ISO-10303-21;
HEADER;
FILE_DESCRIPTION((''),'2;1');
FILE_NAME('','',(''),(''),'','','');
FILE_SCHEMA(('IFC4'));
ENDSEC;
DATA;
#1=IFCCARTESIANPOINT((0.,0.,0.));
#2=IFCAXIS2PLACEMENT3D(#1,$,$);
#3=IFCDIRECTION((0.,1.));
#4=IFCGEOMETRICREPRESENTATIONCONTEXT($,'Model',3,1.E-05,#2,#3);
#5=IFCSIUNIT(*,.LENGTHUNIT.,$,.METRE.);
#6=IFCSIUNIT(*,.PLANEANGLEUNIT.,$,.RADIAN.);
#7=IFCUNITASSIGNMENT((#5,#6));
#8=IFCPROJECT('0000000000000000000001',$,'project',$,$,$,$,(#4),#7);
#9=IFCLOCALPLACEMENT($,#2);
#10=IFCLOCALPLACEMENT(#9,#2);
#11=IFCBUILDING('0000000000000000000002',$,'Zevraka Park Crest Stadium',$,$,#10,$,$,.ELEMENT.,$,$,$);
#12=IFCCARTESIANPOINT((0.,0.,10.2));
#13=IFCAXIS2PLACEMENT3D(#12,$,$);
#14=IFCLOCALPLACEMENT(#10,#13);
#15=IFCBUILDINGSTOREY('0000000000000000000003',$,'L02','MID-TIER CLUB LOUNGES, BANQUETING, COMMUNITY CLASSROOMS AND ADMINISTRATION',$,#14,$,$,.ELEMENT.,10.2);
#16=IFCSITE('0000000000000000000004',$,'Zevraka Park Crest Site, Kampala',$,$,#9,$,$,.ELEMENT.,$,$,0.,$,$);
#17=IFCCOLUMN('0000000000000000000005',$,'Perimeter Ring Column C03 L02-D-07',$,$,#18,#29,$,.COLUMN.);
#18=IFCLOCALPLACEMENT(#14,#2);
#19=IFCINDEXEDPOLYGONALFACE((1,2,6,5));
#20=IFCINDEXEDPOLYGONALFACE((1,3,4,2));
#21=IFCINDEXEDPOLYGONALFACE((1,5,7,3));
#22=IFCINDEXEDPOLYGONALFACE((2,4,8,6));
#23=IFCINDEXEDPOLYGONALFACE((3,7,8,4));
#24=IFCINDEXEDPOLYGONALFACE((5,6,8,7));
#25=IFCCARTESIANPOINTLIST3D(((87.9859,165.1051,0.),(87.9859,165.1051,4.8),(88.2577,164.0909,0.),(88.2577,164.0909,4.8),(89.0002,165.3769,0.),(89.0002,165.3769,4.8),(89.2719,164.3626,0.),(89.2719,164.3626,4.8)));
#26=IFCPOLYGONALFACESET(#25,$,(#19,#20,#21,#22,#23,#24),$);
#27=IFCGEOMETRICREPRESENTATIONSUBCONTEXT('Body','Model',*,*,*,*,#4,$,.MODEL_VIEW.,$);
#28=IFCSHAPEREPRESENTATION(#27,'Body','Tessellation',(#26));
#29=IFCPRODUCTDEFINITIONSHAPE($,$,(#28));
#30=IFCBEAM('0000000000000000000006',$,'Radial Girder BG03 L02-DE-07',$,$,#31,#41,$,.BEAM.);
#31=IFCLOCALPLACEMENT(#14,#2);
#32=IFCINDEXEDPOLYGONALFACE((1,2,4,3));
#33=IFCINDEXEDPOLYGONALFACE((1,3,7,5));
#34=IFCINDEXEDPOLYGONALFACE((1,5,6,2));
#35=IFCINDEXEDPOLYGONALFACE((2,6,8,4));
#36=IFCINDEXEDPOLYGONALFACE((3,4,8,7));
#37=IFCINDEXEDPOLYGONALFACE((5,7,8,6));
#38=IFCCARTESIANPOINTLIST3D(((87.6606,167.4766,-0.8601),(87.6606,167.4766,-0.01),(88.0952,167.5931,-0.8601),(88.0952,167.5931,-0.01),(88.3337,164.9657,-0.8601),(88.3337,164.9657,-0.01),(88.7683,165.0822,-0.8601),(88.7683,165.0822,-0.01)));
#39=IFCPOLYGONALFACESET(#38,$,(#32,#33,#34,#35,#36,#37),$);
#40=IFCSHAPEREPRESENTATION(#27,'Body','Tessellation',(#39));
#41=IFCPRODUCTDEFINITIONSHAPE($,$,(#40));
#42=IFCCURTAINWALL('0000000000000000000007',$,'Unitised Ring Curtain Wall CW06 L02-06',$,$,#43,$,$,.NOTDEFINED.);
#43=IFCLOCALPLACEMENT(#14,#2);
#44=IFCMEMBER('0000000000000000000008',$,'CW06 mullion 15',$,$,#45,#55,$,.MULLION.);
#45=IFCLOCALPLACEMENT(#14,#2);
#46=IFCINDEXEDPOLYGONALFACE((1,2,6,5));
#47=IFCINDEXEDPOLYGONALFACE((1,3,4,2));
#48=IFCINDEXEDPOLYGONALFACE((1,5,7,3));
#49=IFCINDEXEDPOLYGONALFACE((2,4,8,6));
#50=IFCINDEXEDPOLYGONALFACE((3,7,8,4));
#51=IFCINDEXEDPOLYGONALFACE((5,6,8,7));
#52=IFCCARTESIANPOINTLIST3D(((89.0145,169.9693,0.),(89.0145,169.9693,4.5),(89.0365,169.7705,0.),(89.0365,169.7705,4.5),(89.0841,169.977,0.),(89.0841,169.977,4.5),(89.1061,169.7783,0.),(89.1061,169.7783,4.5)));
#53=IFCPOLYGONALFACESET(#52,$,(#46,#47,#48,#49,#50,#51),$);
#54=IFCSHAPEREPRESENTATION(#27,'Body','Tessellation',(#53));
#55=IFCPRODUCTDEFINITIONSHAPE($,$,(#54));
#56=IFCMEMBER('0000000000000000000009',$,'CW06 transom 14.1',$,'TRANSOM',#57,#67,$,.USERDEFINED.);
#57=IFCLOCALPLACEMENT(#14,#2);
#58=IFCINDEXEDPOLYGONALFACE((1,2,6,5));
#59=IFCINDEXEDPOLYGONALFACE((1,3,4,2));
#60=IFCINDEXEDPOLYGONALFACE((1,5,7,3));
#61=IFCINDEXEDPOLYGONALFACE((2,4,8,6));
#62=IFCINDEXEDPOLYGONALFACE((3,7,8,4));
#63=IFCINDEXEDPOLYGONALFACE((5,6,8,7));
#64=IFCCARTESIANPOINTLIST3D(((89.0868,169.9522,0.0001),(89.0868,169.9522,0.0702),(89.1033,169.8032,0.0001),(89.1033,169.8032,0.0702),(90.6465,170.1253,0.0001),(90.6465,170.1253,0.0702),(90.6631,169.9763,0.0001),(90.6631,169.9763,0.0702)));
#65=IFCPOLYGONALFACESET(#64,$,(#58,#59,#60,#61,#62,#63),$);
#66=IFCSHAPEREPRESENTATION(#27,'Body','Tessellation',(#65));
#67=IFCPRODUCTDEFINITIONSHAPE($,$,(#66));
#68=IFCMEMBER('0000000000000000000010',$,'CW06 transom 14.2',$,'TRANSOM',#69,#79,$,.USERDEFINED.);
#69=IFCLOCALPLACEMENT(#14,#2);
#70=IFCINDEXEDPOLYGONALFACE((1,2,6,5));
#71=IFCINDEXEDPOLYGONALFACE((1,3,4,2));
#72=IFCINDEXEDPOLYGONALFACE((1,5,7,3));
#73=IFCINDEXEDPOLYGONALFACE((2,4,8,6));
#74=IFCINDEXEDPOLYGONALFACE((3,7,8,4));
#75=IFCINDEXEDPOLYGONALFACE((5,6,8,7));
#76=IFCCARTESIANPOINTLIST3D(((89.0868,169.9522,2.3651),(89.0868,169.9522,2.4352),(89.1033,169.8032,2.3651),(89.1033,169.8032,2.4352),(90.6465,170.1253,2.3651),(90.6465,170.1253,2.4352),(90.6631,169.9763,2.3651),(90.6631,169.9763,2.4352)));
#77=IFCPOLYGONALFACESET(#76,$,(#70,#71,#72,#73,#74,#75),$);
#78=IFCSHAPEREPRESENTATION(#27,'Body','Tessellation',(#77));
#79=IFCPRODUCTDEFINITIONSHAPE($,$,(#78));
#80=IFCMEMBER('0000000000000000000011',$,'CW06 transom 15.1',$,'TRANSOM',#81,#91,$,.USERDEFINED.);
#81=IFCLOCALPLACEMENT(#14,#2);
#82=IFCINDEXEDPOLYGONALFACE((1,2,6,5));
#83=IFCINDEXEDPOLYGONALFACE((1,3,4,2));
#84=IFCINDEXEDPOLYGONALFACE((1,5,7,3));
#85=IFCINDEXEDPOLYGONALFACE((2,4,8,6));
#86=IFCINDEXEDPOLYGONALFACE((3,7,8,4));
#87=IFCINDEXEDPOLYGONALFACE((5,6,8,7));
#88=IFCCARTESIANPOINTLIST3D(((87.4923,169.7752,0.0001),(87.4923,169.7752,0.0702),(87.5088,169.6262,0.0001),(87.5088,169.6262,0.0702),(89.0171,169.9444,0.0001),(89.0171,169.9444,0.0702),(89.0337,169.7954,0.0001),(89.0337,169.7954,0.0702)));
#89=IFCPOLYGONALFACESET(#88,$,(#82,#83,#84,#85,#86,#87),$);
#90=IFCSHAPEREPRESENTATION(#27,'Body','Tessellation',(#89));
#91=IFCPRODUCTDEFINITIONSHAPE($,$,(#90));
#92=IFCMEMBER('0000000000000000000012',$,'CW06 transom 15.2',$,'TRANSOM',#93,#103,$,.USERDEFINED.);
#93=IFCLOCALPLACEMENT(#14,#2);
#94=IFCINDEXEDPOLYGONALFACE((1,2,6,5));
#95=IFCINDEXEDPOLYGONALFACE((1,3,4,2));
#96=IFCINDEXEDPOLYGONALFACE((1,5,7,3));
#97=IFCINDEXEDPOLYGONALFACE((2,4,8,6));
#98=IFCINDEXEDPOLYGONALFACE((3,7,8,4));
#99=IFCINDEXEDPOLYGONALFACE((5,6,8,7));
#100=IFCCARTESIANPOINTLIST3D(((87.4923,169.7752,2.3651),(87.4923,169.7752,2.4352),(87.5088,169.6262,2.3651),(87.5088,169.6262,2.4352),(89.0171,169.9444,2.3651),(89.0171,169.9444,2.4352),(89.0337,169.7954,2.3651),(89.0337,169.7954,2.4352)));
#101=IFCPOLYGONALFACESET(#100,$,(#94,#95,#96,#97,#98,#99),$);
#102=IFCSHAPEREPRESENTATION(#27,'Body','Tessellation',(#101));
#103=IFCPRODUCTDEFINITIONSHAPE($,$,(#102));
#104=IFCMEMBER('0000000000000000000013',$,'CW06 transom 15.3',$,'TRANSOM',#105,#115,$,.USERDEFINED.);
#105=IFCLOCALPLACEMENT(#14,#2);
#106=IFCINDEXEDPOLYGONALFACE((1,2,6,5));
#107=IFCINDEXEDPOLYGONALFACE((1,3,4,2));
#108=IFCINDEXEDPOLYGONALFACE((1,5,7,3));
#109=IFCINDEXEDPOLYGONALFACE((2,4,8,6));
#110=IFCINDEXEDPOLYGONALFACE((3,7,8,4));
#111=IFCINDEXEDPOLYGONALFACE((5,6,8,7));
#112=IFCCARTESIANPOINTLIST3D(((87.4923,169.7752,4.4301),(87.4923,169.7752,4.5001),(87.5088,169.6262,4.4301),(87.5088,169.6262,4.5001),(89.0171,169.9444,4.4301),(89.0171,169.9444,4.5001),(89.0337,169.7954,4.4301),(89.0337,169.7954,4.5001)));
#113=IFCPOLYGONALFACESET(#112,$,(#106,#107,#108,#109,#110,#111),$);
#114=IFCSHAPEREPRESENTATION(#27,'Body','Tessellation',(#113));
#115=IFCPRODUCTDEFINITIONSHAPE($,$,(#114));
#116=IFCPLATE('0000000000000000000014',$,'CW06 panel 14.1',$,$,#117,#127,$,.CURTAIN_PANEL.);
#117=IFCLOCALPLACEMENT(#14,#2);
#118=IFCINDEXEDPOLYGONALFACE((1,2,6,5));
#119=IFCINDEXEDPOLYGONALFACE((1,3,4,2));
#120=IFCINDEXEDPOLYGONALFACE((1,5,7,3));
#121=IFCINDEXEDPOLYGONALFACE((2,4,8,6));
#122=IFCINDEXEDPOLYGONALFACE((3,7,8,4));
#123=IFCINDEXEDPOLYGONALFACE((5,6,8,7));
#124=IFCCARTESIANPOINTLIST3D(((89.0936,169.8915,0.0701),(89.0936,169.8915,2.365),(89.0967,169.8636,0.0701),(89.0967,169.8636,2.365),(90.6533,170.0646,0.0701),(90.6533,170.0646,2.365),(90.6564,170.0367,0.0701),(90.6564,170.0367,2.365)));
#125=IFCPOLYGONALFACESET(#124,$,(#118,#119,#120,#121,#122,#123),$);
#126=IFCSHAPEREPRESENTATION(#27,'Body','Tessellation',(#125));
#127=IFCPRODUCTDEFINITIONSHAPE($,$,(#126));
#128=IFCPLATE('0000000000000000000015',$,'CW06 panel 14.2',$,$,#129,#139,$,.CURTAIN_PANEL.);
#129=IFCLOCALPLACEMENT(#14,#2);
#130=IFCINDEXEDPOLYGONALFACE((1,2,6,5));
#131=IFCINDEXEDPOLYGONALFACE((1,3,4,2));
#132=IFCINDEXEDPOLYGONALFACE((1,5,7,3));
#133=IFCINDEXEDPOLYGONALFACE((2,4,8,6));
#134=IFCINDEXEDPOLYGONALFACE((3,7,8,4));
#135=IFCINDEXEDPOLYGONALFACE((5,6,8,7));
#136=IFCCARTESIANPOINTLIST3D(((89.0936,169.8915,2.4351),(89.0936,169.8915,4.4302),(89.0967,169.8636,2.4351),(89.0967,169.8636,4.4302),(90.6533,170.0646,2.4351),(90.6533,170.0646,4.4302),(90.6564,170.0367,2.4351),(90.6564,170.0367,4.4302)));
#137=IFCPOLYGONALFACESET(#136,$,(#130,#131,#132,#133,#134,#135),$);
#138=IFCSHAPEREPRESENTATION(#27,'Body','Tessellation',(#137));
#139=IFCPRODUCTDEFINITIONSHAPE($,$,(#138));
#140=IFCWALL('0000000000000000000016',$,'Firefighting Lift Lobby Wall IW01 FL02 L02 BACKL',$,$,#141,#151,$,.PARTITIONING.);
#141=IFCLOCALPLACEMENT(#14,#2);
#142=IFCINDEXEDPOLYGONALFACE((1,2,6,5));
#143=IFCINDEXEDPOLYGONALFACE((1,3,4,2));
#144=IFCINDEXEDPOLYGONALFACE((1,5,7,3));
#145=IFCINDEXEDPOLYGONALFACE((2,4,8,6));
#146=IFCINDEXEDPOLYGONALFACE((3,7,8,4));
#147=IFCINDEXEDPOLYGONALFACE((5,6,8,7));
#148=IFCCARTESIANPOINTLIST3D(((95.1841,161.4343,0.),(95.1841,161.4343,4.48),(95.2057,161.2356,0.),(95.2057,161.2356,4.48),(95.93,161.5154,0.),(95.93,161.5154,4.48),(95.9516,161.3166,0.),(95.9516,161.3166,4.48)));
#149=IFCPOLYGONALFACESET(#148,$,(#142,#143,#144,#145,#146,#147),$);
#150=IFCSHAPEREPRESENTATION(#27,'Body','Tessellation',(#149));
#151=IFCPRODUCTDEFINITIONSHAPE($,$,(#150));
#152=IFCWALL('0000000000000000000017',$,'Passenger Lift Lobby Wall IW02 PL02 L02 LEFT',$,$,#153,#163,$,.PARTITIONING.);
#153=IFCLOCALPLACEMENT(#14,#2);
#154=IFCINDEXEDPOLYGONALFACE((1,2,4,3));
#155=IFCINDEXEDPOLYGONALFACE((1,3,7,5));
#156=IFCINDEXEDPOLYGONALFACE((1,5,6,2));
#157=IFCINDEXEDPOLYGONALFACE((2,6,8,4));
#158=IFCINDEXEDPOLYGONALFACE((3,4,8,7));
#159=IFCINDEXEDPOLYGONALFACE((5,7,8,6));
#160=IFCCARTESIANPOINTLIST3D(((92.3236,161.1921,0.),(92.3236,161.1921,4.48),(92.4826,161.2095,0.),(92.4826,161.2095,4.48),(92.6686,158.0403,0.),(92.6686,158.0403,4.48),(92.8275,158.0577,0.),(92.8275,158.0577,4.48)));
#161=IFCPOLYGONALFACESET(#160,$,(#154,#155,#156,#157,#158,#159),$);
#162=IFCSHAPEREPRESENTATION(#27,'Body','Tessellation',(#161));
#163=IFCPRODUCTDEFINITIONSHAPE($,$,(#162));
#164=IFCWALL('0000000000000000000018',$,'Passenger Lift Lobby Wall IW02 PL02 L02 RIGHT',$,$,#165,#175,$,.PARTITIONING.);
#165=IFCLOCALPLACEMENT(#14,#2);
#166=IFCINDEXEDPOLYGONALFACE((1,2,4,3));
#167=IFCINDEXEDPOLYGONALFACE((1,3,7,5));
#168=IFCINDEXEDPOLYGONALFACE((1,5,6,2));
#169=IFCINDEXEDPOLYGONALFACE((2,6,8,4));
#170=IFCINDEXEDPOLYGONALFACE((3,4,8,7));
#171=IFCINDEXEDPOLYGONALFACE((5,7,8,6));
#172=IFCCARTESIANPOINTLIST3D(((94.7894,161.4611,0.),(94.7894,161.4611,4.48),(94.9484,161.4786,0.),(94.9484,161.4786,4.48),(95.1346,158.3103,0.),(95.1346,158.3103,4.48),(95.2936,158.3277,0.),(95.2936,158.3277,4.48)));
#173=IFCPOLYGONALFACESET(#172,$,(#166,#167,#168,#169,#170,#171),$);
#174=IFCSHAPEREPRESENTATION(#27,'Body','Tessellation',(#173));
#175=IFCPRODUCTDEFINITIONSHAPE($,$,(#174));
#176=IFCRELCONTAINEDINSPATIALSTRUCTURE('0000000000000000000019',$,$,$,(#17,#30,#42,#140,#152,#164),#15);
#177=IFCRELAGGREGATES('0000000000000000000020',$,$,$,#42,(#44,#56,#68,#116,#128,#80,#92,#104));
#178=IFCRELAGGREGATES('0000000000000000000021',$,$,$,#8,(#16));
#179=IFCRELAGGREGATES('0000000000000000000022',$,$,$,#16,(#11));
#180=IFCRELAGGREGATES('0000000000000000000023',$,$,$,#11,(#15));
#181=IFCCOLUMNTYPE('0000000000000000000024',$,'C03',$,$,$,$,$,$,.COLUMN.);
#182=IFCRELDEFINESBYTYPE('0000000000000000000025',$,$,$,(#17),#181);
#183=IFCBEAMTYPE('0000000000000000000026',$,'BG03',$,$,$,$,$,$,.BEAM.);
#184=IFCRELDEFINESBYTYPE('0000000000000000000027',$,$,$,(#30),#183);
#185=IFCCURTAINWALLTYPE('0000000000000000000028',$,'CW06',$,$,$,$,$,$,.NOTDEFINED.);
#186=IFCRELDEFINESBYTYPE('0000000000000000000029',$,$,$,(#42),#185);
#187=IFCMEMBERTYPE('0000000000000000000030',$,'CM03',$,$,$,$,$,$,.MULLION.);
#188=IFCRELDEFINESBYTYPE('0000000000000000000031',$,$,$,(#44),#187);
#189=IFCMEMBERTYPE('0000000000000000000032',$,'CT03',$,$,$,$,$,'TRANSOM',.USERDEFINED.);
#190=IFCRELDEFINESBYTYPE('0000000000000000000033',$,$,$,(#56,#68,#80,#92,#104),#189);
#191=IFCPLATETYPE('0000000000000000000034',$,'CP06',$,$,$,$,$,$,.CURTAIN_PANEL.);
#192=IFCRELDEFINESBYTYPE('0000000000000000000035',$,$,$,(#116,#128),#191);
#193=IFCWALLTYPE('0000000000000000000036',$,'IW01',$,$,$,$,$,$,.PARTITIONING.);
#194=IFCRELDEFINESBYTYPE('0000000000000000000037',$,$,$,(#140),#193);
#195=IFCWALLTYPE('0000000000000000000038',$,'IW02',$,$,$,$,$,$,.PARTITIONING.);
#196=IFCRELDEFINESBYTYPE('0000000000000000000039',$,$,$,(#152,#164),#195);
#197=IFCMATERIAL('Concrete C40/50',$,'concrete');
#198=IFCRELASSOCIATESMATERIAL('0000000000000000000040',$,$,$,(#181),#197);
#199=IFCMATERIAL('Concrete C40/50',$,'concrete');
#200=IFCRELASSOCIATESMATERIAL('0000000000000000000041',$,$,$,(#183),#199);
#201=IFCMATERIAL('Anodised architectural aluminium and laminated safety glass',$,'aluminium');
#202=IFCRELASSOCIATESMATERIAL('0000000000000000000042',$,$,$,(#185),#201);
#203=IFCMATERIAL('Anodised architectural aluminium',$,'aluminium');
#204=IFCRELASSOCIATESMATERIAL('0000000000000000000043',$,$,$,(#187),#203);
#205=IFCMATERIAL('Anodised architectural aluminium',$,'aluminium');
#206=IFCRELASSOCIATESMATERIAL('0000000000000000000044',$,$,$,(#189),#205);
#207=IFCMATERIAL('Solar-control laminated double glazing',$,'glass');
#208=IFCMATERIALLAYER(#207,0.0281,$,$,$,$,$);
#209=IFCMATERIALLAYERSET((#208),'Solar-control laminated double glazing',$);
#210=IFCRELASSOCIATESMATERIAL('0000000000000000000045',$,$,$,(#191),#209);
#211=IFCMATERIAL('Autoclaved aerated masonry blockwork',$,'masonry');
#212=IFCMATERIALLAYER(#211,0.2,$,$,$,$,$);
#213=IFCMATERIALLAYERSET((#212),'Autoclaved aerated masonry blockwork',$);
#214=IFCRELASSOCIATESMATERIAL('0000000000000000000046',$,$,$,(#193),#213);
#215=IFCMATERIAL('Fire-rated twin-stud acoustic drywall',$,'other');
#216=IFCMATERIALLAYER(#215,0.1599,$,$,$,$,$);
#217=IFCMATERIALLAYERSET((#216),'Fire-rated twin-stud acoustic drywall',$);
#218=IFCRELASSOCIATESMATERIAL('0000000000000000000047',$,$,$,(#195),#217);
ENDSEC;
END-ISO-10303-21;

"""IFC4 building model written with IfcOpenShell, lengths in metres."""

from ifc_helpers import new_model, si_unit, direction, frame, frame_2d, origin, origin_2d, place, context, subcontext, project, spatial, rectangle, extrude, material, layer, layer_set, material_profile, profile_set, type_object, element, aggregate, save


model = new_model("IFC4")

# Units and contexts
model_context = context("Model", 3, precision=1e-05, world=origin(), true_north=direction((0.0, 1.0)))
body_context = subcontext(model_context, "Body", "Model", "MODEL_VIEW")
ifc_project = project(units=[si_unit("LENGTHUNIT", "METRE"), si_unit("PLANEANGLEUNIT", "RADIAN")], contexts=[model_context])

# Site, building, storey
site_placement = place(None, origin())
site = spatial("IfcSite", under=ifc_project, at=site_placement, Name="Zevraka Park Crest Site, Kampala", CompositionType="ELEMENT", RefElevation=0.0)
building_placement = place(site_placement, origin())
building = spatial("IfcBuilding", under=site, at=building_placement, Name="Zevraka Park Crest Stadium", CompositionType="ELEMENT")
storey_placement = place(building_placement, frame((0.0, 0.0, 10.2)))
storey = spatial("IfcBuildingStorey", under=building, at=storey_placement, Name="L02", Description="MID-TIER CLUB LOUNGES, BANQUETING, COMMUNITY CLASSROOMS AND ADMINISTRATION", CompositionType="ELEMENT", Elevation=10.2)

# Column
ifc_material_1 = material(Name="Concrete C40/50", Category="concrete")
ifc_material_profile_1 = material_profile(ifc_material_1, rectangle(XDim=1.05, YDim=1.05, at=origin_2d()), Name="RC 1050x1050")
ifc_profile_set_1 = profile_set([ifc_material_profile_1], Name="Concrete C40/50")
column_type = type_object("IfcColumnType", Name="C03", PredefinedType="COLUMN", material=ifc_profile_set_1)
column_placement = place(storey_placement, frame((88.6289, 164.7339, 0.0), z_axis=(0.0, 0.0, 1.0), x_axis=(-0.258819, 0.965926, 0.0)))
element("IfcColumn", 1, at=column_placement, inside=storey, type_object=column_type, Name="Perimeter Ring Column C03 L02-D-07", PredefinedType="COLUMN", context=body_context, shape_type="SweptSolid", body=[
    extrude(rectangle(XDim=1.05, YDim=1.05, at=origin_2d()), origin(), (0.0, 0.0, 1.0), 4.8),
])

# Beam
ifc_material_2 = material(Name="Concrete C40/50", Category="concrete")
ifc_material_profile_2 = material_profile(ifc_material_2, rectangle(XDim=0.45, YDim=0.8501, at=origin_2d()), Name="RC 850x450")
ifc_profile_set_2 = profile_set([ifc_material_profile_2], Name="Concrete C40/50")
beam_type = type_object("IfcBeamType", Name="BG03", PredefinedType="BEAM", material=ifc_profile_set_2)
beam_placement = place(storey_placement, frame((88.551, 165.0239, -0.4351), z_axis=(-0.258919, 0.965899, 0.0), x_axis=(-0.965899, -0.258919, 0.0)))
element("IfcBeam", 2, at=beam_placement, inside=storey, type_object=beam_type, Name="Radial Girder BG03 L02-DE-07", PredefinedType="BEAM", context=body_context, shape_type="SweptSolid", body=[
    extrude(rectangle(XDim=0.45, YDim=0.8501, at=origin_2d()), origin(), (0.0, 0.0, 1.0), 2.5996),
])

# Curtain wall, members, plates
ifc_material_3 = material(Name="Anodised architectural aluminium and laminated safety glass", Category="aluminium")
curtain_wall_type = type_object("IfcCurtainWallType", Name="CW06", PredefinedType="NOTDEFINED", material=ifc_material_3)
curtain_wall_placement = place(storey_placement, origin())
curtain_wall = element("IfcCurtainWall", 3, at=curtain_wall_placement, inside=storey, type_object=curtain_wall_type, Name="Unitised Ring Curtain Wall CW06 L02-06", PredefinedType="NOTDEFINED")
ifc_material_4 = material(Name="Anodised architectural aluminium", Category="aluminium")
ifc_material_profile_3 = material_profile(ifc_material_4, rectangle(XDim=0.2, YDim=0.0701, at=origin_2d()), Name="ALU MULLION 200x70")
ifc_profile_set_3 = profile_set([ifc_material_profile_3], Name="Anodised architectural aluminium")
member_type_1 = type_object("IfcMemberType", Name="CM03", PredefinedType="MULLION", material=ifc_profile_set_3)
member_1_placement = place(storey_placement, frame((89.0603, 169.8738, 0.0), z_axis=(0.0, 0.0, 1.0), x_axis=(0.110293, -0.993899, 0.0)))
member_1 = element("IfcMember", 4, at=member_1_placement, type_object=member_type_1, Name="CW06 mullion 15", PredefinedType="MULLION", context=body_context, shape_type="SweptSolid", body=[
    extrude(rectangle(XDim=0.2, YDim=0.0701, at=origin_2d()), origin(), (0.0, 0.0, 1.0), 4.5),
])
ifc_material_5 = material(Name="Anodised architectural aluminium", Category="aluminium")
ifc_material_profile_4 = material_profile(ifc_material_5, rectangle(XDim=0.1499, YDim=0.0701, at=origin_2d()), Name="ALU TRANSOM 150x70")
ifc_profile_set_4 = profile_set([ifc_material_profile_4], Name="Anodised architectural aluminium")
member_type_2 = type_object("IfcMemberType", Name="CT03", ElementType="TRANSOM", PredefinedType="USERDEFINED", material=ifc_profile_set_4)
member_2_placement = place(storey_placement, frame((90.6548, 170.0508, 0.0352), z_axis=(-0.993899, -0.110295, 0.0), x_axis=(0.110295, -0.993899, 0.0)))
member_2 = element("IfcMember", 5, at=member_2_placement, type_object=member_type_2, Name="CW06 transom 14.1", ObjectType="TRANSOM", PredefinedType="USERDEFINED", context=body_context, shape_type="SweptSolid", body=[
    extrude(rectangle(XDim=0.1499, YDim=0.0701, at=origin_2d()), origin(), (0.0, 0.0, 1.0), 1.5693),
])
member_3_placement = place(storey_placement, frame((90.6548, 170.0508, 2.4001), z_axis=(-0.993899, -0.110295, 0.0), x_axis=(0.110295, -0.993899, 0.0)))
member_3 = element("IfcMember", 6, at=member_3_placement, type_object=member_type_2, Name="CW06 transom 14.2", ObjectType="TRANSOM", PredefinedType="USERDEFINED", context=body_context, shape_type="SweptSolid", body=[
    extrude(rectangle(XDim=0.1499, YDim=0.0701, at=origin_2d()), origin(), (0.0, 0.0, 1.0), 1.5693),
])
member_4_placement = place(storey_placement, frame((89.0254, 169.8699, 0.0352), z_axis=(-0.993901, -0.110274, 0.0), x_axis=(0.110274, -0.993901, 0.0)))
member_4 = element("IfcMember", 7, at=member_4_placement, type_object=member_type_2, Name="CW06 transom 15.1", ObjectType="TRANSOM", PredefinedType="USERDEFINED", context=body_context, shape_type="SweptSolid", body=[
    extrude(rectangle(XDim=0.1499, YDim=0.0701, at=origin_2d()), origin(), (0.0, 0.0, 1.0), 1.5342),
])
member_5_placement = place(storey_placement, frame((89.0254, 169.8699, 2.4001), z_axis=(-0.993901, -0.110274, 0.0), x_axis=(0.110274, -0.993901, 0.0)))
member_5 = element("IfcMember", 8, at=member_5_placement, type_object=member_type_2, Name="CW06 transom 15.2", ObjectType="TRANSOM", PredefinedType="USERDEFINED", context=body_context, shape_type="SweptSolid", body=[
    extrude(rectangle(XDim=0.1499, YDim=0.0701, at=origin_2d()), origin(), (0.0, 0.0, 1.0), 1.5342),
])
member_6_placement = place(storey_placement, frame((89.0254, 169.8699, 4.4651), z_axis=(-0.993901, -0.110274, 0.0), x_axis=(0.110274, -0.993901, 0.0)))
member_6 = element("IfcMember", 9, at=member_6_placement, type_object=member_type_2, Name="CW06 transom 15.3", ObjectType="TRANSOM", PredefinedType="USERDEFINED", context=body_context, shape_type="SweptSolid", body=[
    extrude(rectangle(XDim=0.1499, YDim=0.0701, at=origin_2d()), origin(), (0.0, 0.0, 1.0), 1.5342),
])
ifc_material_6 = material(Name="Solar-control laminated double glazing", Category="glass")
ifc_layer_1 = layer(ifc_material_6, 0.0281)
ifc_layer_set_1 = layer_set([ifc_layer_1], Name="Solar-control laminated double glazing")
plate_type = type_object("IfcPlateType", Name="CP06", PredefinedType="CURTAIN_PANEL", material=ifc_layer_set_1)
plate_1_placement = place(storey_placement, frame((89.875, 169.9641, 0.0701), z_axis=(0.0, 0.0, 1.0), x_axis=(-0.993899, -0.110293, 0.0)))
plate_1 = element("IfcPlate", 10, at=plate_1_placement, type_object=plate_type, Name="CW06 panel 14.1", PredefinedType="CURTAIN_PANEL", context=body_context, shape_type="SweptSolid", body=[
    extrude(rectangle(XDim=1.5693, YDim=0.0281, at=origin_2d()), origin(), (0.0, 0.0, 1.0), 2.2949),
])
plate_2_placement = place(storey_placement, frame((89.875, 169.9641, 2.4351), z_axis=(0.0, 0.0, 1.0), x_axis=(-0.993899, -0.110293, 0.0)))
plate_2 = element("IfcPlate", 11, at=plate_2_placement, type_object=plate_type, Name="CW06 panel 14.2", PredefinedType="CURTAIN_PANEL", context=body_context, shape_type="SweptSolid", body=[
    extrude(rectangle(XDim=1.5693, YDim=0.0281, at=origin_2d()), origin(), (0.0, 0.0, 1.0), 1.9951),
])
aggregate(curtain_wall, [member_1, member_2, member_3, plate_1, plate_2, member_4, member_5, member_6])

# Walls
ifc_material_7 = material(Name="Autoclaved aerated masonry blockwork", Category="masonry")
ifc_layer_2 = layer(ifc_material_7, 0.2)
ifc_layer_set_2 = layer_set([ifc_layer_2], Name="Autoclaved aerated masonry blockwork")
wall_type_1 = type_object("IfcWallType", Name="IW01", PredefinedType="PARTITIONING", material=ifc_layer_set_2)
wall_1_placement = place(storey_placement, frame((95.1951, 161.335, 0.0), z_axis=(0.0, 0.0, 1.0), x_axis=(0.994147, 0.108038, 0.0)))
element("IfcWall", 12, at=wall_1_placement, inside=storey, type_object=wall_type_1, Name="Firefighting Lift Lobby Wall IW01 FL02 L02 BACKL", PredefinedType="PARTITIONING", context=body_context, shape_type="SweptSolid", body=[
    extrude(rectangle(XDim=0.7502, YDim=0.2, at=frame_2d((0.375, 0.0))), origin(), (0.0, 0.0, 1.0), 4.48),
])
ifc_material_8 = material(Name="Fire-rated twin-stud acoustic drywall", Category="other")
ifc_layer_3 = layer(ifc_material_8, 0.1599)
ifc_layer_set_3 = layer_set([ifc_layer_3], Name="Fire-rated twin-stud acoustic drywall")
wall_type_2 = type_object("IfcWallType", Name="IW02", PredefinedType="PARTITIONING", material=ifc_layer_set_3)
wall_2_placement = place(storey_placement, frame((92.4031, 161.2009, 0.0), z_axis=(0.0, 0.0, 1.0), x_axis=(0.1088, -0.994064, 0.0)))
element("IfcWall", 13, at=wall_2_placement, inside=storey, type_object=wall_type_2, Name="Passenger Lift Lobby Wall IW02 PL02 L02 LEFT", PredefinedType="PARTITIONING", context=body_context, shape_type="SweptSolid", body=[
    extrude(rectangle(XDim=3.1707, YDim=0.1599, at=frame_2d((1.5854, 0.0))), origin(), (0.0, 0.0, 1.0), 4.48),
])
wall_3_placement = place(storey_placement, frame((94.8689, 161.47, 0.0), z_axis=(0.0, 0.0, 1.0), x_axis=(0.10891, -0.994052, 0.0)))
element("IfcWall", 14, at=wall_3_placement, inside=storey, type_object=wall_type_2, Name="Passenger Lift Lobby Wall IW02 PL02 L02 RIGHT", PredefinedType="PARTITIONING", context=body_context, shape_type="SweptSolid", body=[
    extrude(rectangle(XDim=3.1697, YDim=0.1599, at=frame_2d((1.585, 0.0))), origin(), (0.0, 0.0, 1.0), 4.48),
])

save(model, "model.ifc")
